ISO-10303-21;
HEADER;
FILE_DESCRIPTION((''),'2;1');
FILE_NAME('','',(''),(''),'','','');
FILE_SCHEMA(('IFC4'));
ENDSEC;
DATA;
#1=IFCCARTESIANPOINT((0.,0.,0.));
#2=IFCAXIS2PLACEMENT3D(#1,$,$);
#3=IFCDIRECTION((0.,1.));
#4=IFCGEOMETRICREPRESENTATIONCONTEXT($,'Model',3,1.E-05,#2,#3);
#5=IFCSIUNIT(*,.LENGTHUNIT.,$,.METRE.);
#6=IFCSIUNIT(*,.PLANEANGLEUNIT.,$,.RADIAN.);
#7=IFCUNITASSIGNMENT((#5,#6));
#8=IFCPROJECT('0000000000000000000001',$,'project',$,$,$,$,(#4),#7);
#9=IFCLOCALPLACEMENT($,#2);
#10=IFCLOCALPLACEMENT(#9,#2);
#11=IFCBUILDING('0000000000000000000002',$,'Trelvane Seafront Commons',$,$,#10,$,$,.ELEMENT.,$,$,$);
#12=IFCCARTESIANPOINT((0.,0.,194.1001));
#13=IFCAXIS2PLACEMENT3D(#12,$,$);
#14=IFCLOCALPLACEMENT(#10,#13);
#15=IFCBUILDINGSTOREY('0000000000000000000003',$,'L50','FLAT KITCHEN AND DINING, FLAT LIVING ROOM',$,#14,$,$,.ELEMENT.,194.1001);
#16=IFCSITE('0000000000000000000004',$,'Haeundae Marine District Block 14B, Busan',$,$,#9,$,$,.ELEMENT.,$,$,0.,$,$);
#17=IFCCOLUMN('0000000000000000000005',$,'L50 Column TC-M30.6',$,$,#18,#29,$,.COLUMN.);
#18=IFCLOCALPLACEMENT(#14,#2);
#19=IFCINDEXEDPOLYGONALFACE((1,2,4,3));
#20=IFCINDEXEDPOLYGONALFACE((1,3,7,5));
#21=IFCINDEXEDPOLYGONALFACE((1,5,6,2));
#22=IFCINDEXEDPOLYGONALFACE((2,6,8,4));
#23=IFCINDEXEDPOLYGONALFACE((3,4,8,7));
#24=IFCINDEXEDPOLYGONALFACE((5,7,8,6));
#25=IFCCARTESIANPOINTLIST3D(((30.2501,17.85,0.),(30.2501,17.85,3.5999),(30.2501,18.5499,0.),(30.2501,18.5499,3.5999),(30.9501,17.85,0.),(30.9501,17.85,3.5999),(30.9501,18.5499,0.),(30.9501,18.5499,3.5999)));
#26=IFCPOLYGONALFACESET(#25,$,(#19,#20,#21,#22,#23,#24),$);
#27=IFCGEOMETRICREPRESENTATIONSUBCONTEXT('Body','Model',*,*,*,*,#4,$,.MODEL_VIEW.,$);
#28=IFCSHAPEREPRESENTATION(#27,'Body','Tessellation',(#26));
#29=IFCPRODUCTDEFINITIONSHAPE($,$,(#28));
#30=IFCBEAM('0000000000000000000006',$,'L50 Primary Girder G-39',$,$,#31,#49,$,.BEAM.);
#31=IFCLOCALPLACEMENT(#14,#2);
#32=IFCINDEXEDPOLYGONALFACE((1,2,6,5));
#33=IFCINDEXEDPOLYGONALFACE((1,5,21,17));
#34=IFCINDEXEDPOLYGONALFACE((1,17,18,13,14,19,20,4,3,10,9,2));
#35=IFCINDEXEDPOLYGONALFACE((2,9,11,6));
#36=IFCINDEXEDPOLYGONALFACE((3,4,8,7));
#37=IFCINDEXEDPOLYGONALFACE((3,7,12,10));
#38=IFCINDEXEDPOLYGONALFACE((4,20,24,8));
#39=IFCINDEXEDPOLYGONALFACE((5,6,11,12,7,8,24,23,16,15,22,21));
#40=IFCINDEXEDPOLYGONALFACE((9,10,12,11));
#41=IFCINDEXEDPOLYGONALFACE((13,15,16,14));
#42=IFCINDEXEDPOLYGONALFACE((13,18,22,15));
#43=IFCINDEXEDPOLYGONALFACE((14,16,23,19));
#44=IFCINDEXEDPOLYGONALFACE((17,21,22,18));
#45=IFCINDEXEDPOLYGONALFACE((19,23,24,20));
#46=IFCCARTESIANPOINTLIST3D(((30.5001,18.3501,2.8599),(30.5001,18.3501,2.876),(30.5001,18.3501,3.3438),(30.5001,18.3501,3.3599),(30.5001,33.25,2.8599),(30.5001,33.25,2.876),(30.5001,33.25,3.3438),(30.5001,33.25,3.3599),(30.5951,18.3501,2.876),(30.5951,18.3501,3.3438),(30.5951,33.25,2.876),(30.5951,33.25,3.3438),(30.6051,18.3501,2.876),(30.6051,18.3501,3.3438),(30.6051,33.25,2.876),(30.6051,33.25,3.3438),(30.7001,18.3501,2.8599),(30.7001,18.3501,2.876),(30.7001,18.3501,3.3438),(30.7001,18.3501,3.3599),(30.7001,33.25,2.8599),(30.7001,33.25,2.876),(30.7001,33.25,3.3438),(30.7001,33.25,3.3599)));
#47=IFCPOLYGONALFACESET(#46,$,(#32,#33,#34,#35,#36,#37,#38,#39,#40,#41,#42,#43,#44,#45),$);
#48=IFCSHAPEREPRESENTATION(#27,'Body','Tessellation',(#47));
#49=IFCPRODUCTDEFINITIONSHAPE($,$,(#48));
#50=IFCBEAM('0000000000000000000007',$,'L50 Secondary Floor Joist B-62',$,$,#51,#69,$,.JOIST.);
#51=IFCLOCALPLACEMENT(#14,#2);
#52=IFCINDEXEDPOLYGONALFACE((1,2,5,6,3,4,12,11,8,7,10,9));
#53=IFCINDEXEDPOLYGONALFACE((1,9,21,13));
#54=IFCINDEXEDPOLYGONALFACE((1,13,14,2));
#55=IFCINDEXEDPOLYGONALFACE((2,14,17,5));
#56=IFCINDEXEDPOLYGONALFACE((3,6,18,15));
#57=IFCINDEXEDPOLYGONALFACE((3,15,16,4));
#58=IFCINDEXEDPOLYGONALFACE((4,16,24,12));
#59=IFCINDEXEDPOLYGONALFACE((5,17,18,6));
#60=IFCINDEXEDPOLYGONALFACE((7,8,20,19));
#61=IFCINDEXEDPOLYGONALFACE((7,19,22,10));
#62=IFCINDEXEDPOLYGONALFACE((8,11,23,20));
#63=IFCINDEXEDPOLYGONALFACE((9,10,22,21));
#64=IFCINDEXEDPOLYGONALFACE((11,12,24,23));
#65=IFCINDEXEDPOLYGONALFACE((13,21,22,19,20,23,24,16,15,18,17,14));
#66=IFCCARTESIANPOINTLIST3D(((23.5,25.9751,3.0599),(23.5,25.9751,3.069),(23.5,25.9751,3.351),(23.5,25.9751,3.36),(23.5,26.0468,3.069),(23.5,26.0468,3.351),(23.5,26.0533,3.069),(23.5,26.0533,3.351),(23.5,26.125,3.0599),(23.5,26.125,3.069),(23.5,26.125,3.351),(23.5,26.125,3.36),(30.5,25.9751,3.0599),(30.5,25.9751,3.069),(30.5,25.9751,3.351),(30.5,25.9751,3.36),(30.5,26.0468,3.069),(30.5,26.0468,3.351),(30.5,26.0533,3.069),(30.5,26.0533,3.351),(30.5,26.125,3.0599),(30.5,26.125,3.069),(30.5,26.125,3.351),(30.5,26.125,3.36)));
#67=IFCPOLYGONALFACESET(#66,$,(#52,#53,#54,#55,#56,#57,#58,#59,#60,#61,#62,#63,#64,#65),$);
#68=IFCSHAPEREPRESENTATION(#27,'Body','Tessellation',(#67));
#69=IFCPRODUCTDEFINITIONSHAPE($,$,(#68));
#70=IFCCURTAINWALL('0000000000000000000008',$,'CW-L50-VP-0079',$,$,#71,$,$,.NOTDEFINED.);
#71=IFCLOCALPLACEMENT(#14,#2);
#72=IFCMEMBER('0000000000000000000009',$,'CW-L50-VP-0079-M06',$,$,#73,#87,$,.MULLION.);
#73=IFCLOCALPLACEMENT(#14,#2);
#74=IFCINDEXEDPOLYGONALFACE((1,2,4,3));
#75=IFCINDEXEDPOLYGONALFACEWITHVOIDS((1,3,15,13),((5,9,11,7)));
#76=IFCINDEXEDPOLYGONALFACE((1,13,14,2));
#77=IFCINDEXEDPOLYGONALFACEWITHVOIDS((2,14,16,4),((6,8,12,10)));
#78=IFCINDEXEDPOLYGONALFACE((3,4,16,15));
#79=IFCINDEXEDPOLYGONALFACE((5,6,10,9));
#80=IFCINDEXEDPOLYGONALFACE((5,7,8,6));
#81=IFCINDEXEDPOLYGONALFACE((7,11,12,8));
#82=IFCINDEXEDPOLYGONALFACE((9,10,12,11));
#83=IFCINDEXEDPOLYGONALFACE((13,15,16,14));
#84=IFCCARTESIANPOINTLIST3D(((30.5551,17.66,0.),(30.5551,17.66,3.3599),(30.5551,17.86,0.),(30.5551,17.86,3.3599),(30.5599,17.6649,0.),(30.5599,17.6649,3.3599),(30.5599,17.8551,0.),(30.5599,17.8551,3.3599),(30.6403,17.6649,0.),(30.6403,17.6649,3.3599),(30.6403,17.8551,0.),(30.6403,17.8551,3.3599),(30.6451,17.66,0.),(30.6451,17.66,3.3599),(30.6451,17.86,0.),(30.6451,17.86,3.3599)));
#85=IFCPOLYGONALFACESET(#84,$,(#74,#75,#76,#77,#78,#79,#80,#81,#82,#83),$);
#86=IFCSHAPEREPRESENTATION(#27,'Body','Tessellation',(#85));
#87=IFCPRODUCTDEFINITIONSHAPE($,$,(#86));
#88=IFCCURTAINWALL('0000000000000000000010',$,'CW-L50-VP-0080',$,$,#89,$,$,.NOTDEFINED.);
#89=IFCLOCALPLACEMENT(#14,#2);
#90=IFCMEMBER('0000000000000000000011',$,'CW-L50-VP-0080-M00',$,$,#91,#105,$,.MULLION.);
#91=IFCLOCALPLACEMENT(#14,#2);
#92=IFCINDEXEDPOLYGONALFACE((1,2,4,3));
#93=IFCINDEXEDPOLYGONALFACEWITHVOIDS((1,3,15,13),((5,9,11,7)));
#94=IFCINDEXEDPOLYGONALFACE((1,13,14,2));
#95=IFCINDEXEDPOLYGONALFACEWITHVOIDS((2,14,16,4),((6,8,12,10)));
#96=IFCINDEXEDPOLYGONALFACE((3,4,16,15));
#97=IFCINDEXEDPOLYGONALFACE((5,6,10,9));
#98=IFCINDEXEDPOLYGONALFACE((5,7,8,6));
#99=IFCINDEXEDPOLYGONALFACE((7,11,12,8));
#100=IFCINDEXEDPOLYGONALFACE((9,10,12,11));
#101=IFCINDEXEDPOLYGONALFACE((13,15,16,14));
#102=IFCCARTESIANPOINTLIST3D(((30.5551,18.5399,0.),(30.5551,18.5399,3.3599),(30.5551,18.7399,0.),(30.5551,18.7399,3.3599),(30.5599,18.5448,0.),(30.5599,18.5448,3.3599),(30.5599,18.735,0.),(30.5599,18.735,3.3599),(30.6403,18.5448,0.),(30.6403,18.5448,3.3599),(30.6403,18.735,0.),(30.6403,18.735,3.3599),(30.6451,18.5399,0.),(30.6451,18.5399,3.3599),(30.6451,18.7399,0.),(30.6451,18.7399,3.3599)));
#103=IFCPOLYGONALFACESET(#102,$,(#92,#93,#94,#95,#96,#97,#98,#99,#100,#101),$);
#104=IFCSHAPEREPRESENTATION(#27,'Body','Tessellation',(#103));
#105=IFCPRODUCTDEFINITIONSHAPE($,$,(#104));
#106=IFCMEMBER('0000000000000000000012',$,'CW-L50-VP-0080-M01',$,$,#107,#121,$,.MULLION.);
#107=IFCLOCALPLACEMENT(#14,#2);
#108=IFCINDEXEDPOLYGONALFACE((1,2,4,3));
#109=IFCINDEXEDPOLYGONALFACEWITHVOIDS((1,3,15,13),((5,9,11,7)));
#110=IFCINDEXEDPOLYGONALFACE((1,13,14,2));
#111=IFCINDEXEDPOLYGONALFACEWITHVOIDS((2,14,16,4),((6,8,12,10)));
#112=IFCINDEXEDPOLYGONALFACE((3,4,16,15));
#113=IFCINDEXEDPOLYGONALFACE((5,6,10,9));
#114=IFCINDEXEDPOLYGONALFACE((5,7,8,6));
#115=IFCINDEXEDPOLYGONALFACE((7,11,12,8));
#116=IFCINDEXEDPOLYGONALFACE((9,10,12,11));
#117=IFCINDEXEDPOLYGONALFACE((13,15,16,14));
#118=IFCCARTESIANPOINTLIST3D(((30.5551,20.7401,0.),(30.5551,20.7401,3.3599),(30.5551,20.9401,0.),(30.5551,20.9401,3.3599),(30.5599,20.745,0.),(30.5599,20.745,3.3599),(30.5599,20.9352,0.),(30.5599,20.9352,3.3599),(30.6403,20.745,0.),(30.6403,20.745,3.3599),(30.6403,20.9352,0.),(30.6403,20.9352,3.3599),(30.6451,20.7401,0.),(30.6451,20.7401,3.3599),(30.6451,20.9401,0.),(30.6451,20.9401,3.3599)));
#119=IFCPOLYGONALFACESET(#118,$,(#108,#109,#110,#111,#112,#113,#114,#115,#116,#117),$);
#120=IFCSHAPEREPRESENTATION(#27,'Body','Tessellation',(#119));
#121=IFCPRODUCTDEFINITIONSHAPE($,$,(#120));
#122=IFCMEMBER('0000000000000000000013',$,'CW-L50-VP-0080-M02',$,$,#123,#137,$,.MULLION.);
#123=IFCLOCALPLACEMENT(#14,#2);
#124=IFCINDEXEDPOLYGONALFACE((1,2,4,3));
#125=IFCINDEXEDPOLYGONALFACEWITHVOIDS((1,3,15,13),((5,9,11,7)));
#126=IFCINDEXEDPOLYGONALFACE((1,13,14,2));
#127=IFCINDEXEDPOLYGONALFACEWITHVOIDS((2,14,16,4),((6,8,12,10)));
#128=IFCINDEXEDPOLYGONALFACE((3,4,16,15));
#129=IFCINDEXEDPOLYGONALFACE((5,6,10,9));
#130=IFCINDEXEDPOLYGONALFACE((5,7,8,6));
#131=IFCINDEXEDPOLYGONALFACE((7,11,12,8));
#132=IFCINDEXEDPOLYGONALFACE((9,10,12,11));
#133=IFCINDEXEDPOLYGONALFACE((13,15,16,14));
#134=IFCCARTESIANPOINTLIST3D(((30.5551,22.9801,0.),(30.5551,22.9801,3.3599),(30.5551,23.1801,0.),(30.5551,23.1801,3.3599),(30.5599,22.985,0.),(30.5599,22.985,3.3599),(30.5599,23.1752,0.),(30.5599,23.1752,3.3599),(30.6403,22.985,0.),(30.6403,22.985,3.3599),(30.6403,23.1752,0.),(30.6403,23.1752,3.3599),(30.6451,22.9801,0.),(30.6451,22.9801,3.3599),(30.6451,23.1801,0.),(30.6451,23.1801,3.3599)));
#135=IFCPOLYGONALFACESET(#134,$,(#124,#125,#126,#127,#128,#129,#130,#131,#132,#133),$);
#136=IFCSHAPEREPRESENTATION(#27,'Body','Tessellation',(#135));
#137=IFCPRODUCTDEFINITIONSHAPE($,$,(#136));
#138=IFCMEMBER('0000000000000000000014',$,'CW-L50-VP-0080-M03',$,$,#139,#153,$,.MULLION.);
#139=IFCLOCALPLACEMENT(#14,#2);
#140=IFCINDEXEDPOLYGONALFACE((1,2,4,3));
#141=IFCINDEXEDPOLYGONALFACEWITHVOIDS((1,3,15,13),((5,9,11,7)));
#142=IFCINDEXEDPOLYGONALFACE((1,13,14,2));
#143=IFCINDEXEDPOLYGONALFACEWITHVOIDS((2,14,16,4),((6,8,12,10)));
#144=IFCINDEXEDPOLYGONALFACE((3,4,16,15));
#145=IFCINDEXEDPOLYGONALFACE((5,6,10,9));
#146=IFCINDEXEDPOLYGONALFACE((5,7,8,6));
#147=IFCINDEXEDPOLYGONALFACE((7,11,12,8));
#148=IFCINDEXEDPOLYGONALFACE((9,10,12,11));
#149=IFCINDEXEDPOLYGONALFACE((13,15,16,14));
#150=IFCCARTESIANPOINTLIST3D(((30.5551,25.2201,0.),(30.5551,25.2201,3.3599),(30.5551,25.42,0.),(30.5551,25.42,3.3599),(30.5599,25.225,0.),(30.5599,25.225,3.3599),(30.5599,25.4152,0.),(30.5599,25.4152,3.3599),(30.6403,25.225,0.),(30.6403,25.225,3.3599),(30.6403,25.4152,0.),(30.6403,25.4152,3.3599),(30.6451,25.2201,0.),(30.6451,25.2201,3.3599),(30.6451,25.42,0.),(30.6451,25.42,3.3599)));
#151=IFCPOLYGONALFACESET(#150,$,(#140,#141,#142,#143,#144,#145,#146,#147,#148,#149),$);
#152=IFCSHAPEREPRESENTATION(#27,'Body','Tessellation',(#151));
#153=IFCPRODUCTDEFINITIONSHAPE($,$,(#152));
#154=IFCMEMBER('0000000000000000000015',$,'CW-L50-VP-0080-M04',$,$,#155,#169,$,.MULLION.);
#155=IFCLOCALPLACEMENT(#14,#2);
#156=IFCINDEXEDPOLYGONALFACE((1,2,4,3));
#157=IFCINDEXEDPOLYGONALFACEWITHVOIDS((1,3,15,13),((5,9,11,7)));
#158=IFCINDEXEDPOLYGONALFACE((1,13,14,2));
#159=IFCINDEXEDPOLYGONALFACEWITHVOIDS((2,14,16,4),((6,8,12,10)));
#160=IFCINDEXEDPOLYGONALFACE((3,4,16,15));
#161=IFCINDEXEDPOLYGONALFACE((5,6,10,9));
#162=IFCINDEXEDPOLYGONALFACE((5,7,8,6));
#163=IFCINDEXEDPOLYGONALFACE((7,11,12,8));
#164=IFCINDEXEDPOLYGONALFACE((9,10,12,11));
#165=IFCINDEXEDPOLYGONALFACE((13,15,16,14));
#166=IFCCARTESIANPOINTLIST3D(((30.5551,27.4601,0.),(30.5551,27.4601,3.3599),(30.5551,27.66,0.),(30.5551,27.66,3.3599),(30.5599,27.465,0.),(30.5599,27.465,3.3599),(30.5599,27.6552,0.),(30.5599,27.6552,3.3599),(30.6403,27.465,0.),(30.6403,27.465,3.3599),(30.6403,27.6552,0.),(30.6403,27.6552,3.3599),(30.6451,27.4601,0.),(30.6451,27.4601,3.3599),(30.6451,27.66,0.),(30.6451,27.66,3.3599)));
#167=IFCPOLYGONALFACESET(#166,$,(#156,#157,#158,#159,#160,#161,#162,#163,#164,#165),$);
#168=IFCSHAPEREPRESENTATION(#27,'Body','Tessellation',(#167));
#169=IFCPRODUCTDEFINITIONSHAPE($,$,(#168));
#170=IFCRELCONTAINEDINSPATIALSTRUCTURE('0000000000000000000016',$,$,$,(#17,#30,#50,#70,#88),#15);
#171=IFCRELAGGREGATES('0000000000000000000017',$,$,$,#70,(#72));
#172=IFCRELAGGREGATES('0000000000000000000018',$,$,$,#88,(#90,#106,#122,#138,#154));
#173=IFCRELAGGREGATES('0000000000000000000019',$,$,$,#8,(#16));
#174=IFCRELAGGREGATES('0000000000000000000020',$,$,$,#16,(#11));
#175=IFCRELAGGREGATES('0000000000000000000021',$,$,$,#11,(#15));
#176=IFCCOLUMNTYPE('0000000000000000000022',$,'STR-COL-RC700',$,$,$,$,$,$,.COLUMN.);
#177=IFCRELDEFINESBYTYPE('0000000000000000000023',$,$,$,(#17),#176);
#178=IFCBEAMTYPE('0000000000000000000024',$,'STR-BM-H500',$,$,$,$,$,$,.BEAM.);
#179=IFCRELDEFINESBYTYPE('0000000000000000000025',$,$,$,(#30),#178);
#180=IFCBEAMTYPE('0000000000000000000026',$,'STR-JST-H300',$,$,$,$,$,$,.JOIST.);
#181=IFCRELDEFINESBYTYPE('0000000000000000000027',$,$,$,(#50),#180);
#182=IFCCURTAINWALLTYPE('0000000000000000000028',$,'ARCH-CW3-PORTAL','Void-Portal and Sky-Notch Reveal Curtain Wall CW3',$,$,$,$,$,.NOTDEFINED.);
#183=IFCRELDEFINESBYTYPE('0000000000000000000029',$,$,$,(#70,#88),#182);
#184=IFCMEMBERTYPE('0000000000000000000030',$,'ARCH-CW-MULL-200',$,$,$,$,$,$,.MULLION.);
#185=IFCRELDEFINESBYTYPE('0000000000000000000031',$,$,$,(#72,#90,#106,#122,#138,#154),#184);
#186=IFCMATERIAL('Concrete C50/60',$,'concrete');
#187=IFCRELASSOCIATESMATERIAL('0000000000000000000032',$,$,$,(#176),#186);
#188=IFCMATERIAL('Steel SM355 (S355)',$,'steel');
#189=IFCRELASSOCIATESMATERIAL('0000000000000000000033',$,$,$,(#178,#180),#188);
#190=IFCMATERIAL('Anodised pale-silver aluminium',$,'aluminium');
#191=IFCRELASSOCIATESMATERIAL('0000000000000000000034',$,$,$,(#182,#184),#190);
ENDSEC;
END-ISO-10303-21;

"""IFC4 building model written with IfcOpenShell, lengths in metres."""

from ifc_helpers import new_model, si_unit, direction, frame, origin, origin_2d, place, context, subcontext, project, spatial, rectangle, hollow_rectangle, i_section, extrude, source, transform, mapped, material, material_profile, profile_set, type_object, element, aggregate, save


model = new_model("IFC4")

# Units and contexts
model_context = context("Model", 3, precision=1e-05, world=origin(), true_north=direction((0.0, 1.0)))
body_context = subcontext(model_context, "Body", "Model", "MODEL_VIEW")
ifc_project = project(units=[si_unit("LENGTHUNIT", "METRE"), si_unit("PLANEANGLEUNIT", "RADIAN")], contexts=[model_context])

# Site, building, storey
site_placement = place(None, origin())
site = spatial("IfcSite", under=ifc_project, at=site_placement, Name="Haeundae Marine District Block 14B, Busan", CompositionType="ELEMENT", RefElevation=0.0)
building_placement = place(site_placement, origin())
building = spatial("IfcBuilding", under=site, at=building_placement, Name="Trelvane Seafront Commons", CompositionType="ELEMENT")
storey_placement = place(building_placement, frame((0.0, 0.0, 194.1001)))
storey = spatial("IfcBuildingStorey", under=building, at=storey_placement, Name="L50", Description="FLAT KITCHEN AND DINING, FLAT LIVING ROOM", CompositionType="ELEMENT", Elevation=194.1001)

# Column
ifc_material_1 = material(Name="Concrete C50/60", Category="concrete")
ifc_material_profile_1 = material_profile(ifc_material_1, rectangle(XDim=0.7, YDim=0.7, at=origin_2d()), Name="RC-700x700")
ifc_profile_set_1 = profile_set([ifc_material_profile_1], Name="Concrete C50/60")
column_type = type_object("IfcColumnType", Name="STR-COL-RC700", PredefinedType="COLUMN", material=ifc_profile_set_1)
shared_shape_1 = source(origin(), body_context, "Body", "SweptSolid", [
    extrude(rectangle(XDim=0.7, YDim=0.7, at=origin_2d()), origin(), (0.0, 0.0, 1.0), 3.5999),
])
column_placement = place(storey_placement, frame((30.6001, 18.2, 0.0), z_axis=(0.0, 0.0, 1.0), x_axis=(1.0, 0.0, 0.0)))
element("IfcColumn", 1, at=column_placement, inside=storey, type_object=column_type, Name="L50 Column TC-M30.6", PredefinedType="COLUMN", context=body_context, shape_type="MappedRepresentation", body=[
    mapped(shared_shape_1, transform((0.0, 0.0, 0.0), x_axis=(1.0, 0.0, 0.0), y_axis=(0.0, 1.0, 0.0), z_axis=(0.0, 0.0, 1.0), scale=1.0)),
])

# Beams
ifc_material_2 = material(Name="Steel SM355 (S355)", Category="steel")
ifc_material_profile_2 = material_profile(ifc_material_2, i_section(OverallWidth=0.2, OverallDepth=0.5, WebThickness=0.01, FlangeThickness=0.0161, at=origin_2d()), Name="H-500x200x10x16")
ifc_profile_set_2 = profile_set([ifc_material_profile_2], Name="Steel SM355 (S355)")
beam_type_1 = type_object("IfcBeamType", Name="STR-BM-H500", PredefinedType="BEAM", material=ifc_profile_set_2)
shared_shape_2 = source(origin(), body_context, "Body", "SweptSolid", [
    extrude(i_section(OverallWidth=0.2, OverallDepth=0.5, WebThickness=0.01, FlangeThickness=0.0161, at=origin_2d()), origin(), (0.0, 0.0, 1.0), 14.8999),
])
beam_1_placement = place(storey_placement, frame((30.6001, 18.3501, 3.1099), z_axis=(0.0, 1.0, 0.0), x_axis=(-1.0, 0.0, 0.0)))
element("IfcBeam", 2, at=beam_1_placement, inside=storey, type_object=beam_type_1, Name="L50 Primary Girder G-39", PredefinedType="BEAM", context=body_context, shape_type="MappedRepresentation", body=[
    mapped(shared_shape_2, transform((0.0, 0.0, 0.0), x_axis=(1.0, 0.0, 0.0), y_axis=(0.0, 1.0, 0.0), z_axis=(0.0, 0.0, 1.0), scale=1.0)),
])
ifc_material_profile_3 = material_profile(ifc_material_2, i_section(OverallWidth=0.1499, OverallDepth=0.3, WebThickness=0.0066, FlangeThickness=0.009, at=origin_2d()), Name="H-300x150x6.5x9")
ifc_profile_set_3 = profile_set([ifc_material_profile_3], Name="Steel SM355 (S355)")
beam_type_2 = type_object("IfcBeamType", Name="STR-JST-H300", PredefinedType="JOIST", material=ifc_profile_set_3)
shared_shape_3 = source(origin(), body_context, "Body", "SweptSolid", [
    extrude(i_section(OverallWidth=0.1499, OverallDepth=0.3, WebThickness=0.0066, FlangeThickness=0.009, at=origin_2d()), origin(), (0.0, 0.0, 1.0), 7.0),
])
beam_2_placement = place(storey_placement, frame((23.5, 26.05, 3.21), z_axis=(1.0, 0.0, 0.0), x_axis=(0.0, 1.0, 0.0)))
element("IfcBeam", 3, at=beam_2_placement, inside=storey, type_object=beam_type_2, Name="L50 Secondary Floor Joist B-62", PredefinedType="JOIST", context=body_context, shape_type="MappedRepresentation", body=[
    mapped(shared_shape_3, transform((0.0, 0.0, 0.0), x_axis=(1.0, 0.0, 0.0), y_axis=(0.0, 1.0, 0.0), z_axis=(0.0, 0.0, 1.0), scale=1.0)),
])

# Curtain wall, member
ifc_material_3 = material(Name="Anodised pale-silver aluminium", Category="aluminium")
curtain_wall_type = type_object("IfcCurtainWallType", Name="ARCH-CW3-PORTAL", Description="Void-Portal and Sky-Notch Reveal Curtain Wall CW3", PredefinedType="NOTDEFINED", material=ifc_material_3)
curtain_wall_1_placement = place(storey_placement, origin())
curtain_wall_1 = element("IfcCurtainWall", 4, at=curtain_wall_1_placement, inside=storey, type_object=curtain_wall_type, Name="CW-L50-VP-0079", PredefinedType="NOTDEFINED")
ifc_material_profile_4 = material_profile(ifc_material_3, hollow_rectangle(XDim=0.0901, YDim=0.2, WallThickness=0.0049, at=origin_2d()), Name="MULL-90x200x5")
ifc_profile_set_4 = profile_set([ifc_material_profile_4], Name="Anodised pale-silver aluminium")
member_type_1 = type_object("IfcMemberType", Name="ARCH-CW-MULL-200", PredefinedType="MULLION", material=ifc_profile_set_4)
shared_shape_4 = source(origin(), body_context, "Body", "SweptSolid", [
    extrude(hollow_rectangle(XDim=0.0901, YDim=0.2, WallThickness=0.0049, at=origin_2d()), origin(), (0.0, 0.0, 1.0), 3.3599),
])
member_1_placement = place(storey_placement, frame((30.6001, 17.76, 0.0), z_axis=(0.0, 0.0, 1.0), x_axis=(1.0, 0.0, 0.0)))
member_1 = element("IfcMember", 5, at=member_1_placement, type_object=member_type_1, Name="CW-L50-VP-0079-M06", PredefinedType="MULLION", context=body_context, shape_type="MappedRepresentation", body=[
    mapped(shared_shape_4, transform((0.0, 0.0, 0.0), x_axis=(1.0, 0.0, 0.0), y_axis=(0.0, 1.0, 0.0), z_axis=(0.0, 0.0, 1.0), scale=1.0)),
])

# Curtain wall, members
curtain_wall_2_placement = place(storey_placement, origin())
curtain_wall_2 = element("IfcCurtainWall", 6, at=curtain_wall_2_placement, inside=storey, type_object=curtain_wall_type, Name="CW-L50-VP-0080", PredefinedType="NOTDEFINED")
member_2_placement = place(storey_placement, frame((30.6001, 18.6399, 0.0), z_axis=(0.0, 0.0, 1.0), x_axis=(1.0, 0.0, 0.0)))
member_2 = element("IfcMember", 7, at=member_2_placement, type_object=member_type_1, Name="CW-L50-VP-0080-M00", PredefinedType="MULLION", context=body_context, shape_type="MappedRepresentation", body=[
    mapped(shared_shape_4, transform((0.0, 0.0, 0.0), x_axis=(1.0, 0.0, 0.0), y_axis=(0.0, 1.0, 0.0), z_axis=(0.0, 0.0, 1.0), scale=1.0)),
])
member_3_placement = place(storey_placement, frame((30.6001, 20.8401, 0.0), z_axis=(0.0, 0.0, 1.0), x_axis=(1.0, 0.0, 0.0)))
member_3 = element("IfcMember", 8, at=member_3_placement, type_object=member_type_1, Name="CW-L50-VP-0080-M01", PredefinedType="MULLION", context=body_context, shape_type="MappedRepresentation", body=[
    mapped(shared_shape_4, transform((0.0, 0.0, 0.0), x_axis=(1.0, 0.0, 0.0), y_axis=(0.0, 1.0, 0.0), z_axis=(0.0, 0.0, 1.0), scale=1.0)),
])
member_4_placement = place(storey_placement, frame((30.6001, 23.0801, 0.0), z_axis=(0.0, 0.0, 1.0), x_axis=(1.0, 0.0, 0.0)))
member_4 = element("IfcMember", 9, at=member_4_placement, type_object=member_type_1, Name="CW-L50-VP-0080-M02", PredefinedType="MULLION", context=body_context, shape_type="MappedRepresentation", body=[
    mapped(shared_shape_4, transform((0.0, 0.0, 0.0), x_axis=(1.0, 0.0, 0.0), y_axis=(0.0, 1.0, 0.0), z_axis=(0.0, 0.0, 1.0), scale=1.0)),
])
member_5_placement = place(storey_placement, frame((30.6001, 25.3201, 0.0), z_axis=(0.0, 0.0, 1.0), x_axis=(1.0, 0.0, 0.0)))
member_5 = element("IfcMember", 10, at=member_5_placement, type_object=member_type_1, Name="CW-L50-VP-0080-M03", PredefinedType="MULLION", context=body_context, shape_type="MappedRepresentation", body=[
    mapped(shared_shape_4, transform((0.0, 0.0, 0.0), x_axis=(1.0, 0.0, 0.0), y_axis=(0.0, 1.0, 0.0), z_axis=(0.0, 0.0, 1.0), scale=1.0)),
])
member_6_placement = place(storey_placement, frame((30.6001, 27.5601, 0.0), z_axis=(0.0, 0.0, 1.0), x_axis=(1.0, 0.0, 0.0)))
member_6 = element("IfcMember", 11, at=member_6_placement, type_object=member_type_1, Name="CW-L50-VP-0080-M04", PredefinedType="MULLION", context=body_context, shape_type="MappedRepresentation", body=[
    mapped(shared_shape_4, transform((0.0, 0.0, 0.0), x_axis=(1.0, 0.0, 0.0), y_axis=(0.0, 1.0, 0.0), z_axis=(0.0, 0.0, 1.0), scale=1.0)),
])

aggregate(curtain_wall_1, [member_1])
aggregate(curtain_wall_2, [member_2, member_3, member_4, member_5, member_6])

save(model, "model.ifc")
